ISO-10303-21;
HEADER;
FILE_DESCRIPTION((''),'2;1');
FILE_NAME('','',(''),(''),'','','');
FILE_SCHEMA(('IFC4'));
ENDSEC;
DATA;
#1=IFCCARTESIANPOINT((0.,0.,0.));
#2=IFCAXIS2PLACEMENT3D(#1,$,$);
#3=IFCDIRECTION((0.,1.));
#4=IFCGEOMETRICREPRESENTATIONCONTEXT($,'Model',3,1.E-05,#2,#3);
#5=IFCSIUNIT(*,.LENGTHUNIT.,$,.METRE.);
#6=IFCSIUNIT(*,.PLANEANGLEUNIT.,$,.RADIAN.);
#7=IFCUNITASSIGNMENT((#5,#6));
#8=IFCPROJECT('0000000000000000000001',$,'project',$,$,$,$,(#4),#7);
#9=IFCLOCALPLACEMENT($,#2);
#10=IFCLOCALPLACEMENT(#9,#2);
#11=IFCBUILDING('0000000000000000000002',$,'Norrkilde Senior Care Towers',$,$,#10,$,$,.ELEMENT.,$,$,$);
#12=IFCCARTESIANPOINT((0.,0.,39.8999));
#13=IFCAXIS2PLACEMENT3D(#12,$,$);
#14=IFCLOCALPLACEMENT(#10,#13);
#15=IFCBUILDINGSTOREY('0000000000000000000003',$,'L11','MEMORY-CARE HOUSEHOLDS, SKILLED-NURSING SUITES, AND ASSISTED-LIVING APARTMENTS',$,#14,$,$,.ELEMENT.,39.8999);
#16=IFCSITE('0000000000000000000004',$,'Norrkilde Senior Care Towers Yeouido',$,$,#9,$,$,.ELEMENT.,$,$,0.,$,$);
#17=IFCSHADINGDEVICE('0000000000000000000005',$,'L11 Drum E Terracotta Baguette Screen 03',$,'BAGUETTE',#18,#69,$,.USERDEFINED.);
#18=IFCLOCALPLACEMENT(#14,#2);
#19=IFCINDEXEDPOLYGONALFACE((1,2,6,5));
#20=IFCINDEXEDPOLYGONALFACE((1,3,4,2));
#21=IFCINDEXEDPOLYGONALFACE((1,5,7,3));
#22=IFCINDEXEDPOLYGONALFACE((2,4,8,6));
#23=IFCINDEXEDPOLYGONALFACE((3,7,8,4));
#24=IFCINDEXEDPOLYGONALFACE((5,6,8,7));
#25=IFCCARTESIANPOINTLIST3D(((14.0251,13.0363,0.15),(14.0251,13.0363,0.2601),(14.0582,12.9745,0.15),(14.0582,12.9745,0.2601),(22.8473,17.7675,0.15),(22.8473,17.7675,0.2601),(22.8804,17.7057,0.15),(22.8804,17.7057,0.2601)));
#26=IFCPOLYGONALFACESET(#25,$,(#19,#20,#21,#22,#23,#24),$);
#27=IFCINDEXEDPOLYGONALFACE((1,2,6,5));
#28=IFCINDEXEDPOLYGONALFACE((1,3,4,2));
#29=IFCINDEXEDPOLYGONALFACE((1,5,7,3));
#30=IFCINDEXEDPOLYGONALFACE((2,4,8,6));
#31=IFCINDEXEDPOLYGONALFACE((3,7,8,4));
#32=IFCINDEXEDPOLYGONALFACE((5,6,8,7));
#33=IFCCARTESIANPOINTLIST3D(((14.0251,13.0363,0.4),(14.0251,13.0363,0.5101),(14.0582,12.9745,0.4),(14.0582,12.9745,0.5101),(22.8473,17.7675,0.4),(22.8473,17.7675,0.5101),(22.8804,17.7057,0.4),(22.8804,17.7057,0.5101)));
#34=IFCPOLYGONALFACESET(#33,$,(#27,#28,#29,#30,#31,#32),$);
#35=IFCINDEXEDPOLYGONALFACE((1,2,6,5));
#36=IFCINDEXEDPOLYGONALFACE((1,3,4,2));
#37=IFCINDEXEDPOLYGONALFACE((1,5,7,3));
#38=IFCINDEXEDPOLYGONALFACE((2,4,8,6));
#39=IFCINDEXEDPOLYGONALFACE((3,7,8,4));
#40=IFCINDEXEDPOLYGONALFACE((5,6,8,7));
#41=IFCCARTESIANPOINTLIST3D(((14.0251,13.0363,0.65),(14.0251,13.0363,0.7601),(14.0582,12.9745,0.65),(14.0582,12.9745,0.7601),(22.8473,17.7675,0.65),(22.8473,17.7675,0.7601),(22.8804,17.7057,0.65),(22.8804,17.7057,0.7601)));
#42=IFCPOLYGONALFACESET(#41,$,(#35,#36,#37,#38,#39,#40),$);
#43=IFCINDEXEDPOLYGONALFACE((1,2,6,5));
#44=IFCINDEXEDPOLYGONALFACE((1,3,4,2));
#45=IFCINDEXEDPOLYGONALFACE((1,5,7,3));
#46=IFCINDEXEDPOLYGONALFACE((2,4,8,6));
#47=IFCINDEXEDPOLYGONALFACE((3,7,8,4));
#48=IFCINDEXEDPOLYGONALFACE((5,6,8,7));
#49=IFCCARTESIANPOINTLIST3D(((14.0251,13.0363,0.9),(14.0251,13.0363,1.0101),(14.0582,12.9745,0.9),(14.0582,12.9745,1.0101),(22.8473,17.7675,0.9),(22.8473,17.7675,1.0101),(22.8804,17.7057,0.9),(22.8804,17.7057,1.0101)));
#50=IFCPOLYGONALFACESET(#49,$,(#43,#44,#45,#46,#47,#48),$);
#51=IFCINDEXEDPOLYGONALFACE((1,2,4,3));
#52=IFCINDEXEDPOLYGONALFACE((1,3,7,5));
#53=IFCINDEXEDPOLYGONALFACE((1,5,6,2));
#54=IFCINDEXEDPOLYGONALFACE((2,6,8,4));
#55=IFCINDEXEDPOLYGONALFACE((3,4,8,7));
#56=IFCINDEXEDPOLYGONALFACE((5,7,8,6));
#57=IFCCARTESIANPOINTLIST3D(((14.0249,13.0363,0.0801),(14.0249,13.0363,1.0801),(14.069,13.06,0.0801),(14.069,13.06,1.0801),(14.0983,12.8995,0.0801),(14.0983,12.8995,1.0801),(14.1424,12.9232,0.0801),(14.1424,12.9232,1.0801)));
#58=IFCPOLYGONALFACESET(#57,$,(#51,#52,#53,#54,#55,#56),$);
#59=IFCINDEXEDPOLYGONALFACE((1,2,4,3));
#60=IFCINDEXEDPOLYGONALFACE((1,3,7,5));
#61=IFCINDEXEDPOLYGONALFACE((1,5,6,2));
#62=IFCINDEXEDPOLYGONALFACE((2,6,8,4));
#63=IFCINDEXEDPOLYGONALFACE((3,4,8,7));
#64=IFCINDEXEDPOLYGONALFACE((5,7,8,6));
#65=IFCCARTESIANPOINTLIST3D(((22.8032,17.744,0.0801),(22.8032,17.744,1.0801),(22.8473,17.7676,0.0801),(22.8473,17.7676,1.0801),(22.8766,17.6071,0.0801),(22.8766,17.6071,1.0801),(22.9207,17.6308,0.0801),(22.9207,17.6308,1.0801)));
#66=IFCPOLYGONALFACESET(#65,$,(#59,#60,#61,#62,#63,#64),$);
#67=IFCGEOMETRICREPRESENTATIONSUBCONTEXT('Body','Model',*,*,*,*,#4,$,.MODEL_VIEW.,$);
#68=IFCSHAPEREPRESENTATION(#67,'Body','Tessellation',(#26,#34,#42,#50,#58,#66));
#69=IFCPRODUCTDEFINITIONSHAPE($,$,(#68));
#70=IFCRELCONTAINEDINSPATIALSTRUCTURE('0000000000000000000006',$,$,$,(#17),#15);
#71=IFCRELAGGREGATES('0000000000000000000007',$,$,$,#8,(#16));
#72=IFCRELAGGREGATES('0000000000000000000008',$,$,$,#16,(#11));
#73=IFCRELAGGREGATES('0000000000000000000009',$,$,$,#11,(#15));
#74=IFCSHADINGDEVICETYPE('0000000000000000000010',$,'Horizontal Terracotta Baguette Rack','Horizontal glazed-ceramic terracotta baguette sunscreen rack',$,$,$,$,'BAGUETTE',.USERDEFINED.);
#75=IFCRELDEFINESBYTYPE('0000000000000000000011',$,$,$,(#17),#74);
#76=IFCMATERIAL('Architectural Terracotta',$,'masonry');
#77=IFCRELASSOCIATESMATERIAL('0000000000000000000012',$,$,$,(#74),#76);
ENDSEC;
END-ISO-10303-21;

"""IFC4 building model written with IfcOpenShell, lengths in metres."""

from ifc_helpers import new_model, si_unit, direction, frame, origin, origin_2d, place, context, subcontext, project, spatial, rectangle, extrude, source, transform, mapped, material, type_object, type_shapes, element, save


model = new_model("IFC4")

# Units and contexts
model_context = context("Model", 3, precision=1e-05, world=origin(), true_north=direction((0.0, 1.0)))
body_context = subcontext(model_context, "Body", "Model", "MODEL_VIEW")
ifc_project = project(units=[si_unit("LENGTHUNIT", "METRE"), si_unit("PLANEANGLEUNIT", "RADIAN")], contexts=[model_context])

# Site, building, storey
site_placement = place(None, origin())
site = spatial("IfcSite", under=ifc_project, at=site_placement, Name="Norrkilde Senior Care Towers Yeouido", CompositionType="ELEMENT", RefElevation=0.0)
building_placement = place(site_placement, origin())
building = spatial("IfcBuilding", under=site, at=building_placement, Name="Norrkilde Senior Care Towers", CompositionType="ELEMENT")
storey_placement = place(building_placement, frame((0.0, 0.0, 39.8999)))
storey = spatial("IfcBuildingStorey", under=building, at=storey_placement, Name="L11", Description="MEMORY-CARE HOUSEHOLDS, SKILLED-NURSING SUITES, AND ASSISTED-LIVING APARTMENTS", CompositionType="ELEMENT", Elevation=39.8999)

# Shading device
ifc_material_1 = material(Name="Architectural Terracotta", Category="masonry")
shading_device_type = type_object("IfcShadingDeviceType", Name="Horizontal Terracotta Baguette Rack", Description="Horizontal glazed-ceramic terracotta baguette sunscreen rack", ElementType="BAGUETTE", PredefinedType="USERDEFINED", material=ifc_material_1)
shared_shape_1 = source(origin(), body_context, "Body", "SweptSolid", [
    extrude(rectangle(XDim=0.0701, YDim=0.1101, at=origin_2d()), frame((0.0, 0.0901, 0.125), z_axis=(1.0, 0.0, 0.0), x_axis=(0.0, 1.0, 0.0)), (0.0, 0.0, 1.0), 10.0107),
    extrude(rectangle(XDim=0.0701, YDim=0.1101, at=origin_2d()), frame((0.0, 0.0901, 0.375), z_axis=(1.0, 0.0, 0.0), x_axis=(0.0, 1.0, 0.0)), (0.0, 0.0, 1.0), 10.0107),
    extrude(rectangle(XDim=0.0701, YDim=0.1101, at=origin_2d()), frame((0.0, 0.0901, 0.625), z_axis=(1.0, 0.0, 0.0), x_axis=(0.0, 1.0, 0.0)), (0.0, 0.0, 1.0), 10.0107),
    extrude(rectangle(XDim=0.0701, YDim=0.1101, at=origin_2d()), frame((0.0, 0.0901, 0.875), z_axis=(1.0, 0.0, 0.0), x_axis=(0.0, 1.0, 0.0)), (0.0, 0.0, 1.0), 10.0107),
    extrude(rectangle(XDim=0.05, YDim=0.1553, at=origin_2d()), frame((0.0249, 0.0476, 0.0)), (0.0, 0.0, 1.0), 1.0),
    extrude(rectangle(XDim=0.05, YDim=0.1553, at=origin_2d()), frame((9.9858, 0.0476, 0.0)), (0.0, 0.0, 1.0), 1.0),
])
type_shapes(shading_device_type, [shared_shape_1])
shading_device_placement = place(storey_placement, frame((14.0842, 12.926, 0.0801), z_axis=(0.0, 0.0, 1.0), x_axis=(0.88128, 0.472612, 0.0)))
element("IfcShadingDevice", 1, at=shading_device_placement, inside=storey, type_object=shading_device_type, Name="L11 Drum E Terracotta Baguette Screen 03", ObjectType="BAGUETTE", PredefinedType="USERDEFINED", context=body_context, shape_type="MappedRepresentation", body=[
    mapped(shared_shape_1, transform((0.0, 0.0, 0.0), x_axis=(1.0, 0.0, 0.0), y_axis=(0.0, 1.0, 0.0), z_axis=(0.0, 0.0, 1.0), scale=1.0)),
])

save(model, "model.ifc")
